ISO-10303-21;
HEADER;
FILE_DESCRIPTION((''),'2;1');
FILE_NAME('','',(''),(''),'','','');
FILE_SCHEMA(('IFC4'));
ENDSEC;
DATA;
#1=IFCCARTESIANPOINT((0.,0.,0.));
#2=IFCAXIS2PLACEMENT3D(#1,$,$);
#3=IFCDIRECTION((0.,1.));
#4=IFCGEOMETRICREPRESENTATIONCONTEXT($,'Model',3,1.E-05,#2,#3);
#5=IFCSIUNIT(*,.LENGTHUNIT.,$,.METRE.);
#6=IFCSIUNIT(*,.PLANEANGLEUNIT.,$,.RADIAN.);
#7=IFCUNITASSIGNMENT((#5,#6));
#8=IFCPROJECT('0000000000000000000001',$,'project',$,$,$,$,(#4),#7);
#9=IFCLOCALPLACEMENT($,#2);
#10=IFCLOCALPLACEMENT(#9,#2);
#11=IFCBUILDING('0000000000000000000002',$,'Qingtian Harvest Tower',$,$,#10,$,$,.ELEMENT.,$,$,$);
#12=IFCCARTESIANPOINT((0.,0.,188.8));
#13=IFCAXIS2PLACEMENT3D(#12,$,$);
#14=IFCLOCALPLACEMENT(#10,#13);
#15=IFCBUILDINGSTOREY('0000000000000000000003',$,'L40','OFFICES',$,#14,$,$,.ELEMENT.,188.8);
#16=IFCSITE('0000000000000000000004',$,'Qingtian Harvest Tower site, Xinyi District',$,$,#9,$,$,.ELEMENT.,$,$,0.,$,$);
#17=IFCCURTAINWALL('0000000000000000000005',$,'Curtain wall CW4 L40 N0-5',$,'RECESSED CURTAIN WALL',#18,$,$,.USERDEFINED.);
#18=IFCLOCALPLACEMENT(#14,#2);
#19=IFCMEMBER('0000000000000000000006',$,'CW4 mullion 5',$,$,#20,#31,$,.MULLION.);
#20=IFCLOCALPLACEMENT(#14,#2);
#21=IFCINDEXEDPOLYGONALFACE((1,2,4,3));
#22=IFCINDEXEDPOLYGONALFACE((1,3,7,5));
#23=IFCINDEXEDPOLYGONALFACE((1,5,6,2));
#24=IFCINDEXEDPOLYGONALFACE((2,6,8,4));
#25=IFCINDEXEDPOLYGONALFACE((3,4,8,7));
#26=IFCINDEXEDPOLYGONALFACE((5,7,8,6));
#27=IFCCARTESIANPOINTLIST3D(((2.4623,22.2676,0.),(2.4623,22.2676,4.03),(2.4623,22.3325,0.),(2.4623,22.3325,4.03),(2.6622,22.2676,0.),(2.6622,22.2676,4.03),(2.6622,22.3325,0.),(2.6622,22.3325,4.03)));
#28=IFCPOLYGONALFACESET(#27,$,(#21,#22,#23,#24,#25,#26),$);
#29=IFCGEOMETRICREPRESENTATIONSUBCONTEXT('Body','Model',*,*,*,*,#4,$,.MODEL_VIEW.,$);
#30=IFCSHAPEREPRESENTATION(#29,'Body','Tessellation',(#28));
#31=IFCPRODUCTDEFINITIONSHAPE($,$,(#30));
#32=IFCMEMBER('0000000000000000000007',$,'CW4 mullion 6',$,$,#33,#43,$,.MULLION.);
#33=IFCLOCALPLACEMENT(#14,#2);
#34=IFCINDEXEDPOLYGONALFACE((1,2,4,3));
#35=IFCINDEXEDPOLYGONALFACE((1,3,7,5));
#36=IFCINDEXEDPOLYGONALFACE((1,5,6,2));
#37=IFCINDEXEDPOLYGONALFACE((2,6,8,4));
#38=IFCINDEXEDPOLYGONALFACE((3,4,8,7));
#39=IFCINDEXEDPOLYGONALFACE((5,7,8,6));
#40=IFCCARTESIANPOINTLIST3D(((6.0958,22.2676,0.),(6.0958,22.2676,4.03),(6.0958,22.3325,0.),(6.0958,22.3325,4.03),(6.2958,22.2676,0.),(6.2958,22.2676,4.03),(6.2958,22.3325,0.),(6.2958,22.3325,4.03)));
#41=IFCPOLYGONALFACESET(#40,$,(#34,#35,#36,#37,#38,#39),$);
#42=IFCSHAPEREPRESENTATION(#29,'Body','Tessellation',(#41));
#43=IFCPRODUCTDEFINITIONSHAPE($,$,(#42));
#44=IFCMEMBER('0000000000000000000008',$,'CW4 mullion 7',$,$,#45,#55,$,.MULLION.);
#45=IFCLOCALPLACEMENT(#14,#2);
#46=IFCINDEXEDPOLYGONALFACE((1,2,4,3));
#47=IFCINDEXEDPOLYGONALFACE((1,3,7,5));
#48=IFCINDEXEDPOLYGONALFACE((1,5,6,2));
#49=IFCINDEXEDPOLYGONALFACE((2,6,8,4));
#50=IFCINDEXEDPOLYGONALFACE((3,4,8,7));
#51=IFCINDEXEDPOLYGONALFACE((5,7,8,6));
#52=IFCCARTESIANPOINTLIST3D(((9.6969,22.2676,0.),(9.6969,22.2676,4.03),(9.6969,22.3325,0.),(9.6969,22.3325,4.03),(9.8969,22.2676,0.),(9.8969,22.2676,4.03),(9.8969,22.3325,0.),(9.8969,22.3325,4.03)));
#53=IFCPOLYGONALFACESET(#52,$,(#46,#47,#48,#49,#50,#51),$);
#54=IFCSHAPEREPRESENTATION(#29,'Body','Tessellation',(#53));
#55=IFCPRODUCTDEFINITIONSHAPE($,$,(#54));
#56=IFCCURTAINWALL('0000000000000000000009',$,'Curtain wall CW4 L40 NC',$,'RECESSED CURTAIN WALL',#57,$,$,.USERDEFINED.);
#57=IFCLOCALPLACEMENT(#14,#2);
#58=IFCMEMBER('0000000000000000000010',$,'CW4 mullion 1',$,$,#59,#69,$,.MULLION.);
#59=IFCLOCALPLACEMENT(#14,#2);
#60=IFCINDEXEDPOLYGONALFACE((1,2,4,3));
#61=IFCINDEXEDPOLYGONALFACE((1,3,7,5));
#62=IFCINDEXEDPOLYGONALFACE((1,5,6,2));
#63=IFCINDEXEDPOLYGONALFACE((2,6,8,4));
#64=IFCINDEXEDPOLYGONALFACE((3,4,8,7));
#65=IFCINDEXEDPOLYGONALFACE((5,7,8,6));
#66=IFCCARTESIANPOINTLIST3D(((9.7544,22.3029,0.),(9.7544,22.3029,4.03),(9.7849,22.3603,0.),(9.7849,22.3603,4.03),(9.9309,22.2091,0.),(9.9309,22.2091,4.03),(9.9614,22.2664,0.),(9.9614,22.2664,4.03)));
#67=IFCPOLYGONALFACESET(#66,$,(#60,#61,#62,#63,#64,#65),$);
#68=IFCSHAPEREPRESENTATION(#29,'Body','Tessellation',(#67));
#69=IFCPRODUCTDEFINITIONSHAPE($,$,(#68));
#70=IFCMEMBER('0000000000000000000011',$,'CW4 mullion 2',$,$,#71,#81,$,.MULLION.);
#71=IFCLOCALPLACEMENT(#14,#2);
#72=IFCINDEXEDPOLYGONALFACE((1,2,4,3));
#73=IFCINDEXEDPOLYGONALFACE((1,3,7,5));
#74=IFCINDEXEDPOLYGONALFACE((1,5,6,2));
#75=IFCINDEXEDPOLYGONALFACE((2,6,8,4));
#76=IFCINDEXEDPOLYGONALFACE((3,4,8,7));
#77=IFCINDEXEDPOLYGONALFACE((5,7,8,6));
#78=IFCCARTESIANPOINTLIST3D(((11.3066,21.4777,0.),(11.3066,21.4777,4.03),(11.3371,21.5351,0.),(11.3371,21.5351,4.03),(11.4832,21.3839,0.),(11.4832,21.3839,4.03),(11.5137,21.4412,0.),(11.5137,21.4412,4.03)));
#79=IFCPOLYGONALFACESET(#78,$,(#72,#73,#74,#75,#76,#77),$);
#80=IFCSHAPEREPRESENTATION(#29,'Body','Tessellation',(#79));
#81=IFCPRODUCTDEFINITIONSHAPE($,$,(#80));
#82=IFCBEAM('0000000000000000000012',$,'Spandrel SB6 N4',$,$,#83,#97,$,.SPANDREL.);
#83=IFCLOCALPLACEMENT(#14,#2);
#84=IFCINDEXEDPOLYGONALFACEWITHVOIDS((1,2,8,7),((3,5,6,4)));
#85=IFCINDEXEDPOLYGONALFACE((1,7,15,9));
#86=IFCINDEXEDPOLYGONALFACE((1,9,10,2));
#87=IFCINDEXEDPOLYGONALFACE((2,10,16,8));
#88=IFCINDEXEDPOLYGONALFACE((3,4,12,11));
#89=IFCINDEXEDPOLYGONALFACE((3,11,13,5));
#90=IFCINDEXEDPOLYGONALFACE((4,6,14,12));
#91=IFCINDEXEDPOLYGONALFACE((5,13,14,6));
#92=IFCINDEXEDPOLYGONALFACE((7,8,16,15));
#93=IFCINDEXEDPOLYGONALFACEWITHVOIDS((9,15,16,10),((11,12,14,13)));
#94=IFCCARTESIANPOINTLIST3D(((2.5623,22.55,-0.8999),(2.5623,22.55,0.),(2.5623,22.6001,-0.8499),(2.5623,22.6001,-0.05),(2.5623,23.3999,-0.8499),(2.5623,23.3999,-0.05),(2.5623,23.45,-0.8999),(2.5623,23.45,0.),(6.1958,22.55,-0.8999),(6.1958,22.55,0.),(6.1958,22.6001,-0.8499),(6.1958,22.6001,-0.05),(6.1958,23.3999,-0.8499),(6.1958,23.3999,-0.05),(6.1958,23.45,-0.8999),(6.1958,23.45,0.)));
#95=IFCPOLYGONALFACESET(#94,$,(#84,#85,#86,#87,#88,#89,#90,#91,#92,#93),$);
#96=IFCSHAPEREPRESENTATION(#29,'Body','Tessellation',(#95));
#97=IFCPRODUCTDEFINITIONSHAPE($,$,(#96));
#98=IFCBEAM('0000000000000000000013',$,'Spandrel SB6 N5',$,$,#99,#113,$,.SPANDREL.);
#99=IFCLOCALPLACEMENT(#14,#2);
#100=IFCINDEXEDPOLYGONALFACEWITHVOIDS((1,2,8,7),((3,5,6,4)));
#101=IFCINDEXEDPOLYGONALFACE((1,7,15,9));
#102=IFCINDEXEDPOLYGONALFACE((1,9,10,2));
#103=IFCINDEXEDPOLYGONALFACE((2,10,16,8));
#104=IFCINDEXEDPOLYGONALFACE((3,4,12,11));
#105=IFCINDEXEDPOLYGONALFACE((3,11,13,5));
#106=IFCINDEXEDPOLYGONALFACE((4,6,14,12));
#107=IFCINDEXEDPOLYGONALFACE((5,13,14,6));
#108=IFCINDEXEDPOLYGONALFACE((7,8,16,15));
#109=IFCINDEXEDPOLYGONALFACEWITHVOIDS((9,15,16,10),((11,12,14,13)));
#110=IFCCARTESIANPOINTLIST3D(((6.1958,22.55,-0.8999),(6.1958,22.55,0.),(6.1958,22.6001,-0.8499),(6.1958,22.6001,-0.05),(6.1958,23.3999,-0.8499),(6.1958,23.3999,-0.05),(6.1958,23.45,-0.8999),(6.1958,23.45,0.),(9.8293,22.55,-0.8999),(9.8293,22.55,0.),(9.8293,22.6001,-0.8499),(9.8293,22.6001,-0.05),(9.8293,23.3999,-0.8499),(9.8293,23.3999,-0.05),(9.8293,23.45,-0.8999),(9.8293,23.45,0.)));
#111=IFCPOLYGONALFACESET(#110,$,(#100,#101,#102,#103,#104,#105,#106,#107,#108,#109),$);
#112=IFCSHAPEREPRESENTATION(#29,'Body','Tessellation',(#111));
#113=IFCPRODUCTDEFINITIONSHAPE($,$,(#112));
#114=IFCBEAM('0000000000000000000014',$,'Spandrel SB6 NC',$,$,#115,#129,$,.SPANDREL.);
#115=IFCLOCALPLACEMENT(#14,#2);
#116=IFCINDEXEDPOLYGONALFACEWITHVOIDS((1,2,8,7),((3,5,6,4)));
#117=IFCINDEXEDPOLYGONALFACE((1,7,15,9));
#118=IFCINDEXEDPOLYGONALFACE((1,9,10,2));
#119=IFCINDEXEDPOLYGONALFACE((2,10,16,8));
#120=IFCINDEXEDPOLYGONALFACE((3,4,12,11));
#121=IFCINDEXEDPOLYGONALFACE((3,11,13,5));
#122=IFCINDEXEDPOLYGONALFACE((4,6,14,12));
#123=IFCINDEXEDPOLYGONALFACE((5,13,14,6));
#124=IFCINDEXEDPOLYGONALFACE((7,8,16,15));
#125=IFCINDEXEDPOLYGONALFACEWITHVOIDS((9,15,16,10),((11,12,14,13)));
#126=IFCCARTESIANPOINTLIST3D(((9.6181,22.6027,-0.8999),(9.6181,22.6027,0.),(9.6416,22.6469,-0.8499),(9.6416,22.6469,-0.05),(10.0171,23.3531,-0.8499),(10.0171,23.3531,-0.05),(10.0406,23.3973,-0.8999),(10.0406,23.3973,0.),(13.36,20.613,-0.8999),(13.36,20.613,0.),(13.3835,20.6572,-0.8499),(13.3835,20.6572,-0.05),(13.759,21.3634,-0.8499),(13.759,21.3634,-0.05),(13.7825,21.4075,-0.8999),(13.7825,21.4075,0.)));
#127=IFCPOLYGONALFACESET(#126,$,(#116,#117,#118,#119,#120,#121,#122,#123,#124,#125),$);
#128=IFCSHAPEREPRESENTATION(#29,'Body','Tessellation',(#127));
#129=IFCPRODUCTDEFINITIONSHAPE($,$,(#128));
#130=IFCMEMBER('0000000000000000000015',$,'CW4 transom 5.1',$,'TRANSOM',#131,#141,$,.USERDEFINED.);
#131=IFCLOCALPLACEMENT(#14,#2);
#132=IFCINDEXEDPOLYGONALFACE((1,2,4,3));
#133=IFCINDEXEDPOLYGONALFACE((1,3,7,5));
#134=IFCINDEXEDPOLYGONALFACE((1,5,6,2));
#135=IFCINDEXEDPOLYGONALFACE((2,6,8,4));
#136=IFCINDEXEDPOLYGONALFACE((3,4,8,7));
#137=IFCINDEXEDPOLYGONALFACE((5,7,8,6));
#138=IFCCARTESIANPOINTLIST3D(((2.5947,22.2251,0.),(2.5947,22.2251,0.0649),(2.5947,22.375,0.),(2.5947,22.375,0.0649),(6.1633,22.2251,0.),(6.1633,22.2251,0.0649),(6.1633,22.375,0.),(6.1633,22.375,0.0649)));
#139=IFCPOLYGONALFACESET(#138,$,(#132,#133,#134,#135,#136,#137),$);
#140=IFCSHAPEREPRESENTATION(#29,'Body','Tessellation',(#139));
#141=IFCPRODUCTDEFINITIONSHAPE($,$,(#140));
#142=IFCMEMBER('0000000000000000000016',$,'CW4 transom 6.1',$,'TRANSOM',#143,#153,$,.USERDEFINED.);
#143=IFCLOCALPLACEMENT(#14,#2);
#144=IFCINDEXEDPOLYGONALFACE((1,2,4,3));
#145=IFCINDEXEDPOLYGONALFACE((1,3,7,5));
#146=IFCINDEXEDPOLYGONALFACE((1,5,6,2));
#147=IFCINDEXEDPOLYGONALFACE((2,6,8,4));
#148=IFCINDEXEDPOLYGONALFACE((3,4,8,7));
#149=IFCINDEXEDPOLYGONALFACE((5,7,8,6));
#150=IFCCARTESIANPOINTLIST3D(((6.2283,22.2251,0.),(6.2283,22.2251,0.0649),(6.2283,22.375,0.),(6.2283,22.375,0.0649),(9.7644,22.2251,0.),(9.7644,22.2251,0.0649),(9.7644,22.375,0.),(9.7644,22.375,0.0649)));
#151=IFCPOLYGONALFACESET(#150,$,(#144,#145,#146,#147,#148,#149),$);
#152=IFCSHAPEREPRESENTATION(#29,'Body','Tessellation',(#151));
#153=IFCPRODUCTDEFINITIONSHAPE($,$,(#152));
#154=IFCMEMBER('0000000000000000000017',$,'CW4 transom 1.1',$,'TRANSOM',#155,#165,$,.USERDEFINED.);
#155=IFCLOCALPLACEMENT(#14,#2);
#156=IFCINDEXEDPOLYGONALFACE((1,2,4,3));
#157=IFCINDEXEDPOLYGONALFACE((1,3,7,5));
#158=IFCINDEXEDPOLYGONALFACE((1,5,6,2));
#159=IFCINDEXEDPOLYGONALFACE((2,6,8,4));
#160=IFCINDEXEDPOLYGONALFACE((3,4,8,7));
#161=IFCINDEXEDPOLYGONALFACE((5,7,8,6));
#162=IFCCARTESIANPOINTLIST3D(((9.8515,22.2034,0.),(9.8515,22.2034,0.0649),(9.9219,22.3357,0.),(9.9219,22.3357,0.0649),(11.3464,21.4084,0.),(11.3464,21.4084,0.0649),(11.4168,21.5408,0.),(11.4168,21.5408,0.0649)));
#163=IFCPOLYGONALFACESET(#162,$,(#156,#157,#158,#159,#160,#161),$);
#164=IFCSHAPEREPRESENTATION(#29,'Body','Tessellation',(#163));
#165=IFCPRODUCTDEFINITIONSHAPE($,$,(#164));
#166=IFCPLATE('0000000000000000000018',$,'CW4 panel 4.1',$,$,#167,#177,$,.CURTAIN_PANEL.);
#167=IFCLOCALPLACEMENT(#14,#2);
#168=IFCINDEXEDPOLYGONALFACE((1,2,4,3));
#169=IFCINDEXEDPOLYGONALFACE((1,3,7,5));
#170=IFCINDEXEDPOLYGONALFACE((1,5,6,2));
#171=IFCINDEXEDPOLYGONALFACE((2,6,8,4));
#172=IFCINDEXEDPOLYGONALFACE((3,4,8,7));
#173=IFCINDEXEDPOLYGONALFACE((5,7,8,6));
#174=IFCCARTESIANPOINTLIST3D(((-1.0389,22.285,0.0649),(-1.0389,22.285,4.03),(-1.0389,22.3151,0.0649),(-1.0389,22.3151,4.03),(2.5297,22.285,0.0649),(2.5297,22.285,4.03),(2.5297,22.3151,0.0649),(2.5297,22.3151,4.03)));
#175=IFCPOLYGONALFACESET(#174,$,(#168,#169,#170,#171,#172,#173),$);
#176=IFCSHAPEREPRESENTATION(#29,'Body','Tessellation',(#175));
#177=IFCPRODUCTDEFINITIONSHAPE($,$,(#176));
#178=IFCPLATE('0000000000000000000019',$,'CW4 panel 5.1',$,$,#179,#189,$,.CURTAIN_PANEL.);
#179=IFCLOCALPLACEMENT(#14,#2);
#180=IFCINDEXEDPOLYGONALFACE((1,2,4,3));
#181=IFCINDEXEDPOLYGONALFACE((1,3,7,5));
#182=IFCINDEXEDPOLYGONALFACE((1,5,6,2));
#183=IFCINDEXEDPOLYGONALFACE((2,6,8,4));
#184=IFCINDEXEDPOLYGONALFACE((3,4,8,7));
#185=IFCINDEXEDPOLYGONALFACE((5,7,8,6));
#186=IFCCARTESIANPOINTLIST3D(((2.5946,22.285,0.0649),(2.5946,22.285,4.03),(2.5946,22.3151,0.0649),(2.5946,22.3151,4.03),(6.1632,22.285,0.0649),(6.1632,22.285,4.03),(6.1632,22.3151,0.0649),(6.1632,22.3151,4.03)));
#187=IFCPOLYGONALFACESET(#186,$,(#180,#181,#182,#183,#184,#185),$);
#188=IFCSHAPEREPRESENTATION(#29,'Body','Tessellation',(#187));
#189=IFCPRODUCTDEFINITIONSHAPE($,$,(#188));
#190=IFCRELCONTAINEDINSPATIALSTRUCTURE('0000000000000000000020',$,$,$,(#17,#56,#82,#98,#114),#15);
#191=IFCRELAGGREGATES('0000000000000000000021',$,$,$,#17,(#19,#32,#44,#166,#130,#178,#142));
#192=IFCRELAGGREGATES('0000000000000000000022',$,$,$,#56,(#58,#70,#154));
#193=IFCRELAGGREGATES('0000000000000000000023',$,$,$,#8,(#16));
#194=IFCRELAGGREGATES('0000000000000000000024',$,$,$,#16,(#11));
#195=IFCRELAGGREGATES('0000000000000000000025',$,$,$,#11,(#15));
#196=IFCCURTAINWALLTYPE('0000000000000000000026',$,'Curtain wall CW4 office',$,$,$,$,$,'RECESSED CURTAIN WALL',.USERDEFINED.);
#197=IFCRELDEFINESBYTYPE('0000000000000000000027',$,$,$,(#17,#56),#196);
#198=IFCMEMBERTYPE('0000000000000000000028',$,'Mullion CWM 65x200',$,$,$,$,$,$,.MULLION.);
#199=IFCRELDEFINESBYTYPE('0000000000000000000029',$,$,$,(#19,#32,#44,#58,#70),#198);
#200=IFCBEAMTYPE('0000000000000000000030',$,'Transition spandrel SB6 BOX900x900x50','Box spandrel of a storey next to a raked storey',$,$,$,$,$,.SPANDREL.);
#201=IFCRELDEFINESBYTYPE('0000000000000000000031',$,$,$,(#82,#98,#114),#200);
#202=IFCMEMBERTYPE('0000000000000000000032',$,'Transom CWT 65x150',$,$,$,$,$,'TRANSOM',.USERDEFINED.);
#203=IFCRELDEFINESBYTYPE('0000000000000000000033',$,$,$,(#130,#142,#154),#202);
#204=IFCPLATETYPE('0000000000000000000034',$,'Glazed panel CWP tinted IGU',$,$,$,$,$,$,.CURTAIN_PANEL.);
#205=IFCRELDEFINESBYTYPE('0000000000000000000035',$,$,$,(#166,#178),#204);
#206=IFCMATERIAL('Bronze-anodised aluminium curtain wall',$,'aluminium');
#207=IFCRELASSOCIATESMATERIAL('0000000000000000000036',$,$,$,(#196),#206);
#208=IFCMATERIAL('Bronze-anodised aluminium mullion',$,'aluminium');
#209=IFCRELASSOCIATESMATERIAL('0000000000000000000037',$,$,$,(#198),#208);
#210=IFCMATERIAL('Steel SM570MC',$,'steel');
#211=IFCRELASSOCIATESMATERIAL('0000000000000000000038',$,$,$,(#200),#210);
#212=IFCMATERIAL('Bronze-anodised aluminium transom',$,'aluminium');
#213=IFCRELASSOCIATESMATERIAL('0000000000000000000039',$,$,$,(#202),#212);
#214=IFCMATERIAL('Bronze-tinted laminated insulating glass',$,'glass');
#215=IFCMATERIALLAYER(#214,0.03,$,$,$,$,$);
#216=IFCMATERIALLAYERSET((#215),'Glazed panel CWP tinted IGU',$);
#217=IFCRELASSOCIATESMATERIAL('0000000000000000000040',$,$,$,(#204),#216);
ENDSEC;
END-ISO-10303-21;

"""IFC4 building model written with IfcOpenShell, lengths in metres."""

from ifc_helpers import new_model, si_unit, direction, frame, origin, origin_2d, place, context, subcontext, project, spatial, rectangle, hollow_rectangle, extrude, material, layer, layer_set, material_profile, profile_set, type_object, element, aggregate, save


model = new_model("IFC4")

# Units and contexts
model_context = context("Model", 3, precision=1e-05, world=origin(), true_north=direction((0.0, 1.0)))
body_context = subcontext(model_context, "Body", "Model", "MODEL_VIEW")
ifc_project = project(units=[si_unit("LENGTHUNIT", "METRE"), si_unit("PLANEANGLEUNIT", "RADIAN")], contexts=[model_context])

# Site, building, storey
site_placement = place(None, origin())
site = spatial("IfcSite", under=ifc_project, at=site_placement, Name="Qingtian Harvest Tower site, Xinyi District", CompositionType="ELEMENT", RefElevation=0.0)
building_placement = place(site_placement, origin())
building = spatial("IfcBuilding", under=site, at=building_placement, Name="Qingtian Harvest Tower", CompositionType="ELEMENT")
storey_placement = place(building_placement, frame((0.0, 0.0, 188.8)))
storey = spatial("IfcBuildingStorey", under=building, at=storey_placement, Name="L40", Description="OFFICES", CompositionType="ELEMENT", Elevation=188.8)

# Curtain walls, members
ifc_material_1 = material(Name="Bronze-anodised aluminium curtain wall", Category="aluminium")
curtain_wall_type = type_object("IfcCurtainWallType", Name="Curtain wall CW4 office", ElementType="RECESSED CURTAIN WALL", PredefinedType="USERDEFINED", material=ifc_material_1)
curtain_wall_1_placement = place(storey_placement, origin())
curtain_wall_1 = element("IfcCurtainWall", 1, at=curtain_wall_1_placement, inside=storey, type_object=curtain_wall_type, Name="Curtain wall CW4 L40 N0-5", ObjectType="RECESSED CURTAIN WALL", PredefinedType="USERDEFINED")
ifc_material_2 = material(Name="Bronze-anodised aluminium mullion", Category="aluminium")
ifc_material_profile_1 = material_profile(ifc_material_2, rectangle(XDim=0.0649, YDim=0.2, at=origin_2d()), Name="AL 65x200")
ifc_profile_set_1 = profile_set([ifc_material_profile_1], Name="Bronze-anodised aluminium mullion")
member_type_1 = type_object("IfcMemberType", Name="Mullion CWM 65x200", PredefinedType="MULLION", material=ifc_profile_set_1)
member_1_placement = place(storey_placement, frame((2.5623, 22.3, 0.0), z_axis=(0.0, 0.0, 1.0), x_axis=(0.0, 1.0, 0.0)))
member_1 = element("IfcMember", 2, at=member_1_placement, type_object=member_type_1, Name="CW4 mullion 5", PredefinedType="MULLION", context=body_context, shape_type="SweptSolid", body=[
    extrude(rectangle(XDim=0.0649, YDim=0.2, at=origin_2d()), origin(), (0.0, 0.0, 1.0), 4.03),
])
member_2_placement = place(storey_placement, frame((6.1958, 22.3, 0.0), z_axis=(0.0, 0.0, 1.0), x_axis=(0.0, 1.0, 0.0)))
member_2 = element("IfcMember", 3, at=member_2_placement, type_object=member_type_1, Name="CW4 mullion 6", PredefinedType="MULLION", context=body_context, shape_type="SweptSolid", body=[
    extrude(rectangle(XDim=0.0649, YDim=0.2, at=origin_2d()), origin(), (0.0, 0.0, 1.0), 4.03),
])
member_3_placement = place(storey_placement, frame((9.7969, 22.3, 0.0), z_axis=(0.0, 0.0, 1.0), x_axis=(0.0, 1.0, 0.0)))
member_3 = element("IfcMember", 4, at=member_3_placement, type_object=member_type_1, Name="CW4 mullion 7", PredefinedType="MULLION", context=body_context, shape_type="SweptSolid", body=[
    extrude(rectangle(XDim=0.0649, YDim=0.2, at=origin_2d()), origin(), (0.0, 0.0, 1.0), 4.03),
])
curtain_wall_2_placement = place(storey_placement, origin())
curtain_wall_2 = element("IfcCurtainWall", 5, at=curtain_wall_2_placement, inside=storey, type_object=curtain_wall_type, Name="Curtain wall CW4 L40 NC", ObjectType="RECESSED CURTAIN WALL", PredefinedType="USERDEFINED")
member_4_placement = place(storey_placement, frame((9.8579, 22.2847, 0.0), z_axis=(0.0, 0.0, 1.0), x_axis=(0.469472, 0.882948, 0.0)))
member_4 = element("IfcMember", 6, at=member_4_placement, type_object=member_type_1, Name="CW4 mullion 1", PredefinedType="MULLION", context=body_context, shape_type="SweptSolid", body=[
    extrude(rectangle(XDim=0.0649, YDim=0.2, at=origin_2d()), origin(), (0.0, 0.0, 1.0), 4.03),
])
member_5_placement = place(storey_placement, frame((11.4102, 21.4595, 0.0), z_axis=(0.0, 0.0, 1.0), x_axis=(0.469472, 0.882948, 0.0)))
member_5 = element("IfcMember", 7, at=member_5_placement, type_object=member_type_1, Name="CW4 mullion 2", PredefinedType="MULLION", context=body_context, shape_type="SweptSolid", body=[
    extrude(rectangle(XDim=0.0649, YDim=0.2, at=origin_2d()), origin(), (0.0, 0.0, 1.0), 4.03),
])

# Beams
ifc_material_3 = material(Name="Steel SM570MC", Category="steel")
ifc_material_profile_2 = material_profile(ifc_material_3, hollow_rectangle(XDim=0.8999, YDim=0.8999, WallThickness=0.05, at=origin_2d()), Name="BOX900x900x50")
ifc_profile_set_2 = profile_set([ifc_material_profile_2], Name="Steel SM570MC")
beam_type_1 = type_object("IfcBeamType", Name="Transition spandrel SB6 BOX900x900x50", Description="Box spandrel of a storey next to a raked storey", PredefinedType="SPANDREL", material=ifc_profile_set_2)
for number, where, z_axis, x_axis, name in (
    (8, (2.5623, 23.0, -0.45), (1.0, 0.0, 0.0), (0.0, 1.0, 0.0), "Spandrel SB6 N4"),
    (9, (6.1958, 23.0, -0.45), (1.0, 0.0, 0.0), (0.0, 1.0, 0.0), "Spandrel SB6 N5"),
):
    element("IfcBeam", number, at=place(storey_placement, frame(where, z_axis=z_axis, x_axis=x_axis)), inside=storey, type_object=beam_type_1, Name=name, PredefinedType="SPANDREL", context=body_context, shape_type="SweptSolid", body=[
        extrude(hollow_rectangle(XDim=0.8999, YDim=0.8999, WallThickness=0.05, at=origin_2d()), origin(), (0.0, 0.0, 1.0), 3.6335),
    ])
beam_1_placement = place(storey_placement, frame((9.8293, 23.0, -0.45), z_axis=(0.882936, -0.469494, 0.0), x_axis=(0.469494, 0.882936, 0.0)))
element("IfcBeam", 10, at=beam_1_placement, inside=storey, type_object=beam_type_1, Name="Spandrel SB6 NC", PredefinedType="SPANDREL", context=body_context, shape_type="SweptSolid", body=[
    extrude(hollow_rectangle(XDim=0.8999, YDim=0.8999, WallThickness=0.05, at=origin_2d()), origin(), (0.0, 0.0, 1.0), 4.238),
])

# Members
ifc_material_4 = material(Name="Bronze-anodised aluminium transom", Category="aluminium")
ifc_material_profile_3 = material_profile(ifc_material_4, rectangle(XDim=0.1499, YDim=0.0649, at=origin_2d()), Name="AL 65x150")
ifc_profile_set_3 = profile_set([ifc_material_profile_3], Name="Bronze-anodised aluminium transom")
member_type_2 = type_object("IfcMemberType", Name="Transom CWT 65x150", ElementType="TRANSOM", PredefinedType="USERDEFINED", material=ifc_profile_set_3)
member_6_placement = place(storey_placement, frame((2.5947, 22.3, 0.0325), z_axis=(1.0, 0.0, 0.0), x_axis=(0.0, 1.0, 0.0)))
member_6 = element("IfcMember", 11, at=member_6_placement, type_object=member_type_2, Name="CW4 transom 5.1", ObjectType="TRANSOM", PredefinedType="USERDEFINED", context=body_context, shape_type="SweptSolid", body=[
    extrude(rectangle(XDim=0.1499, YDim=0.0649, at=origin_2d()), origin(), (0.0, 0.0, 1.0), 3.5686),
])
member_7_placement = place(storey_placement, frame((6.2283, 22.3, 0.0325), z_axis=(1.0, 0.0, 0.0), x_axis=(0.0, 1.0, 0.0)))
member_7 = element("IfcMember", 12, at=member_7_placement, type_object=member_type_2, Name="CW4 transom 6.1", ObjectType="TRANSOM", PredefinedType="USERDEFINED", context=body_context, shape_type="SweptSolid", body=[
    extrude(rectangle(XDim=0.1499, YDim=0.0649, at=origin_2d()), origin(), (0.0, 0.0, 1.0), 3.5361),
])
member_8_placement = place(storey_placement, frame((9.8867, 22.2695, 0.0325), z_axis=(0.882927, -0.46951, 0.0), x_axis=(0.46951, 0.882927, 0.0)))
member_8 = element("IfcMember", 13, at=member_8_placement, type_object=member_type_2, Name="CW4 transom 1.1", ObjectType="TRANSOM", PredefinedType="USERDEFINED", context=body_context, shape_type="SweptSolid", body=[
    extrude(rectangle(XDim=0.1499, YDim=0.0649, at=origin_2d()), origin(), (0.0, 0.0, 1.0), 1.6931),
])

# Plates
ifc_material_5 = material(Name="Bronze-tinted laminated insulating glass", Category="glass")
ifc_layer_1 = layer(ifc_material_5, 0.03)
ifc_layer_set_1 = layer_set([ifc_layer_1], Name="Glazed panel CWP tinted IGU")
plate_type = type_object("IfcPlateType", Name="Glazed panel CWP tinted IGU", PredefinedType="CURTAIN_PANEL", material=ifc_layer_set_1)
plate_1_placement = place(storey_placement, frame((0.7454, 22.3, 0.0649), z_axis=(0.0, 0.0, 1.0), x_axis=(1.0, 0.0, 0.0)))
plate_1 = element("IfcPlate", 14, at=plate_1_placement, type_object=plate_type, Name="CW4 panel 4.1", PredefinedType="CURTAIN_PANEL", context=body_context, shape_type="SweptSolid", body=[
    extrude(rectangle(XDim=3.5686, YDim=0.03, at=origin_2d()), origin(), (0.0, 0.0, 1.0), 3.9651),
])
plate_2_placement = place(storey_placement, frame((4.3789, 22.3, 0.0649), z_axis=(0.0, 0.0, 1.0), x_axis=(1.0, 0.0, 0.0)))
plate_2 = element("IfcPlate", 15, at=plate_2_placement, type_object=plate_type, Name="CW4 panel 5.1", PredefinedType="CURTAIN_PANEL", context=body_context, shape_type="SweptSolid", body=[
    extrude(rectangle(XDim=3.5686, YDim=0.03, at=origin_2d()), origin(), (0.0, 0.0, 1.0), 3.9651),
])
aggregate(curtain_wall_1, [member_1, member_2, member_3, plate_1, member_6, plate_2, member_7])
aggregate(curtain_wall_2, [member_4, member_5, member_8])

save(model, "model.ifc")
